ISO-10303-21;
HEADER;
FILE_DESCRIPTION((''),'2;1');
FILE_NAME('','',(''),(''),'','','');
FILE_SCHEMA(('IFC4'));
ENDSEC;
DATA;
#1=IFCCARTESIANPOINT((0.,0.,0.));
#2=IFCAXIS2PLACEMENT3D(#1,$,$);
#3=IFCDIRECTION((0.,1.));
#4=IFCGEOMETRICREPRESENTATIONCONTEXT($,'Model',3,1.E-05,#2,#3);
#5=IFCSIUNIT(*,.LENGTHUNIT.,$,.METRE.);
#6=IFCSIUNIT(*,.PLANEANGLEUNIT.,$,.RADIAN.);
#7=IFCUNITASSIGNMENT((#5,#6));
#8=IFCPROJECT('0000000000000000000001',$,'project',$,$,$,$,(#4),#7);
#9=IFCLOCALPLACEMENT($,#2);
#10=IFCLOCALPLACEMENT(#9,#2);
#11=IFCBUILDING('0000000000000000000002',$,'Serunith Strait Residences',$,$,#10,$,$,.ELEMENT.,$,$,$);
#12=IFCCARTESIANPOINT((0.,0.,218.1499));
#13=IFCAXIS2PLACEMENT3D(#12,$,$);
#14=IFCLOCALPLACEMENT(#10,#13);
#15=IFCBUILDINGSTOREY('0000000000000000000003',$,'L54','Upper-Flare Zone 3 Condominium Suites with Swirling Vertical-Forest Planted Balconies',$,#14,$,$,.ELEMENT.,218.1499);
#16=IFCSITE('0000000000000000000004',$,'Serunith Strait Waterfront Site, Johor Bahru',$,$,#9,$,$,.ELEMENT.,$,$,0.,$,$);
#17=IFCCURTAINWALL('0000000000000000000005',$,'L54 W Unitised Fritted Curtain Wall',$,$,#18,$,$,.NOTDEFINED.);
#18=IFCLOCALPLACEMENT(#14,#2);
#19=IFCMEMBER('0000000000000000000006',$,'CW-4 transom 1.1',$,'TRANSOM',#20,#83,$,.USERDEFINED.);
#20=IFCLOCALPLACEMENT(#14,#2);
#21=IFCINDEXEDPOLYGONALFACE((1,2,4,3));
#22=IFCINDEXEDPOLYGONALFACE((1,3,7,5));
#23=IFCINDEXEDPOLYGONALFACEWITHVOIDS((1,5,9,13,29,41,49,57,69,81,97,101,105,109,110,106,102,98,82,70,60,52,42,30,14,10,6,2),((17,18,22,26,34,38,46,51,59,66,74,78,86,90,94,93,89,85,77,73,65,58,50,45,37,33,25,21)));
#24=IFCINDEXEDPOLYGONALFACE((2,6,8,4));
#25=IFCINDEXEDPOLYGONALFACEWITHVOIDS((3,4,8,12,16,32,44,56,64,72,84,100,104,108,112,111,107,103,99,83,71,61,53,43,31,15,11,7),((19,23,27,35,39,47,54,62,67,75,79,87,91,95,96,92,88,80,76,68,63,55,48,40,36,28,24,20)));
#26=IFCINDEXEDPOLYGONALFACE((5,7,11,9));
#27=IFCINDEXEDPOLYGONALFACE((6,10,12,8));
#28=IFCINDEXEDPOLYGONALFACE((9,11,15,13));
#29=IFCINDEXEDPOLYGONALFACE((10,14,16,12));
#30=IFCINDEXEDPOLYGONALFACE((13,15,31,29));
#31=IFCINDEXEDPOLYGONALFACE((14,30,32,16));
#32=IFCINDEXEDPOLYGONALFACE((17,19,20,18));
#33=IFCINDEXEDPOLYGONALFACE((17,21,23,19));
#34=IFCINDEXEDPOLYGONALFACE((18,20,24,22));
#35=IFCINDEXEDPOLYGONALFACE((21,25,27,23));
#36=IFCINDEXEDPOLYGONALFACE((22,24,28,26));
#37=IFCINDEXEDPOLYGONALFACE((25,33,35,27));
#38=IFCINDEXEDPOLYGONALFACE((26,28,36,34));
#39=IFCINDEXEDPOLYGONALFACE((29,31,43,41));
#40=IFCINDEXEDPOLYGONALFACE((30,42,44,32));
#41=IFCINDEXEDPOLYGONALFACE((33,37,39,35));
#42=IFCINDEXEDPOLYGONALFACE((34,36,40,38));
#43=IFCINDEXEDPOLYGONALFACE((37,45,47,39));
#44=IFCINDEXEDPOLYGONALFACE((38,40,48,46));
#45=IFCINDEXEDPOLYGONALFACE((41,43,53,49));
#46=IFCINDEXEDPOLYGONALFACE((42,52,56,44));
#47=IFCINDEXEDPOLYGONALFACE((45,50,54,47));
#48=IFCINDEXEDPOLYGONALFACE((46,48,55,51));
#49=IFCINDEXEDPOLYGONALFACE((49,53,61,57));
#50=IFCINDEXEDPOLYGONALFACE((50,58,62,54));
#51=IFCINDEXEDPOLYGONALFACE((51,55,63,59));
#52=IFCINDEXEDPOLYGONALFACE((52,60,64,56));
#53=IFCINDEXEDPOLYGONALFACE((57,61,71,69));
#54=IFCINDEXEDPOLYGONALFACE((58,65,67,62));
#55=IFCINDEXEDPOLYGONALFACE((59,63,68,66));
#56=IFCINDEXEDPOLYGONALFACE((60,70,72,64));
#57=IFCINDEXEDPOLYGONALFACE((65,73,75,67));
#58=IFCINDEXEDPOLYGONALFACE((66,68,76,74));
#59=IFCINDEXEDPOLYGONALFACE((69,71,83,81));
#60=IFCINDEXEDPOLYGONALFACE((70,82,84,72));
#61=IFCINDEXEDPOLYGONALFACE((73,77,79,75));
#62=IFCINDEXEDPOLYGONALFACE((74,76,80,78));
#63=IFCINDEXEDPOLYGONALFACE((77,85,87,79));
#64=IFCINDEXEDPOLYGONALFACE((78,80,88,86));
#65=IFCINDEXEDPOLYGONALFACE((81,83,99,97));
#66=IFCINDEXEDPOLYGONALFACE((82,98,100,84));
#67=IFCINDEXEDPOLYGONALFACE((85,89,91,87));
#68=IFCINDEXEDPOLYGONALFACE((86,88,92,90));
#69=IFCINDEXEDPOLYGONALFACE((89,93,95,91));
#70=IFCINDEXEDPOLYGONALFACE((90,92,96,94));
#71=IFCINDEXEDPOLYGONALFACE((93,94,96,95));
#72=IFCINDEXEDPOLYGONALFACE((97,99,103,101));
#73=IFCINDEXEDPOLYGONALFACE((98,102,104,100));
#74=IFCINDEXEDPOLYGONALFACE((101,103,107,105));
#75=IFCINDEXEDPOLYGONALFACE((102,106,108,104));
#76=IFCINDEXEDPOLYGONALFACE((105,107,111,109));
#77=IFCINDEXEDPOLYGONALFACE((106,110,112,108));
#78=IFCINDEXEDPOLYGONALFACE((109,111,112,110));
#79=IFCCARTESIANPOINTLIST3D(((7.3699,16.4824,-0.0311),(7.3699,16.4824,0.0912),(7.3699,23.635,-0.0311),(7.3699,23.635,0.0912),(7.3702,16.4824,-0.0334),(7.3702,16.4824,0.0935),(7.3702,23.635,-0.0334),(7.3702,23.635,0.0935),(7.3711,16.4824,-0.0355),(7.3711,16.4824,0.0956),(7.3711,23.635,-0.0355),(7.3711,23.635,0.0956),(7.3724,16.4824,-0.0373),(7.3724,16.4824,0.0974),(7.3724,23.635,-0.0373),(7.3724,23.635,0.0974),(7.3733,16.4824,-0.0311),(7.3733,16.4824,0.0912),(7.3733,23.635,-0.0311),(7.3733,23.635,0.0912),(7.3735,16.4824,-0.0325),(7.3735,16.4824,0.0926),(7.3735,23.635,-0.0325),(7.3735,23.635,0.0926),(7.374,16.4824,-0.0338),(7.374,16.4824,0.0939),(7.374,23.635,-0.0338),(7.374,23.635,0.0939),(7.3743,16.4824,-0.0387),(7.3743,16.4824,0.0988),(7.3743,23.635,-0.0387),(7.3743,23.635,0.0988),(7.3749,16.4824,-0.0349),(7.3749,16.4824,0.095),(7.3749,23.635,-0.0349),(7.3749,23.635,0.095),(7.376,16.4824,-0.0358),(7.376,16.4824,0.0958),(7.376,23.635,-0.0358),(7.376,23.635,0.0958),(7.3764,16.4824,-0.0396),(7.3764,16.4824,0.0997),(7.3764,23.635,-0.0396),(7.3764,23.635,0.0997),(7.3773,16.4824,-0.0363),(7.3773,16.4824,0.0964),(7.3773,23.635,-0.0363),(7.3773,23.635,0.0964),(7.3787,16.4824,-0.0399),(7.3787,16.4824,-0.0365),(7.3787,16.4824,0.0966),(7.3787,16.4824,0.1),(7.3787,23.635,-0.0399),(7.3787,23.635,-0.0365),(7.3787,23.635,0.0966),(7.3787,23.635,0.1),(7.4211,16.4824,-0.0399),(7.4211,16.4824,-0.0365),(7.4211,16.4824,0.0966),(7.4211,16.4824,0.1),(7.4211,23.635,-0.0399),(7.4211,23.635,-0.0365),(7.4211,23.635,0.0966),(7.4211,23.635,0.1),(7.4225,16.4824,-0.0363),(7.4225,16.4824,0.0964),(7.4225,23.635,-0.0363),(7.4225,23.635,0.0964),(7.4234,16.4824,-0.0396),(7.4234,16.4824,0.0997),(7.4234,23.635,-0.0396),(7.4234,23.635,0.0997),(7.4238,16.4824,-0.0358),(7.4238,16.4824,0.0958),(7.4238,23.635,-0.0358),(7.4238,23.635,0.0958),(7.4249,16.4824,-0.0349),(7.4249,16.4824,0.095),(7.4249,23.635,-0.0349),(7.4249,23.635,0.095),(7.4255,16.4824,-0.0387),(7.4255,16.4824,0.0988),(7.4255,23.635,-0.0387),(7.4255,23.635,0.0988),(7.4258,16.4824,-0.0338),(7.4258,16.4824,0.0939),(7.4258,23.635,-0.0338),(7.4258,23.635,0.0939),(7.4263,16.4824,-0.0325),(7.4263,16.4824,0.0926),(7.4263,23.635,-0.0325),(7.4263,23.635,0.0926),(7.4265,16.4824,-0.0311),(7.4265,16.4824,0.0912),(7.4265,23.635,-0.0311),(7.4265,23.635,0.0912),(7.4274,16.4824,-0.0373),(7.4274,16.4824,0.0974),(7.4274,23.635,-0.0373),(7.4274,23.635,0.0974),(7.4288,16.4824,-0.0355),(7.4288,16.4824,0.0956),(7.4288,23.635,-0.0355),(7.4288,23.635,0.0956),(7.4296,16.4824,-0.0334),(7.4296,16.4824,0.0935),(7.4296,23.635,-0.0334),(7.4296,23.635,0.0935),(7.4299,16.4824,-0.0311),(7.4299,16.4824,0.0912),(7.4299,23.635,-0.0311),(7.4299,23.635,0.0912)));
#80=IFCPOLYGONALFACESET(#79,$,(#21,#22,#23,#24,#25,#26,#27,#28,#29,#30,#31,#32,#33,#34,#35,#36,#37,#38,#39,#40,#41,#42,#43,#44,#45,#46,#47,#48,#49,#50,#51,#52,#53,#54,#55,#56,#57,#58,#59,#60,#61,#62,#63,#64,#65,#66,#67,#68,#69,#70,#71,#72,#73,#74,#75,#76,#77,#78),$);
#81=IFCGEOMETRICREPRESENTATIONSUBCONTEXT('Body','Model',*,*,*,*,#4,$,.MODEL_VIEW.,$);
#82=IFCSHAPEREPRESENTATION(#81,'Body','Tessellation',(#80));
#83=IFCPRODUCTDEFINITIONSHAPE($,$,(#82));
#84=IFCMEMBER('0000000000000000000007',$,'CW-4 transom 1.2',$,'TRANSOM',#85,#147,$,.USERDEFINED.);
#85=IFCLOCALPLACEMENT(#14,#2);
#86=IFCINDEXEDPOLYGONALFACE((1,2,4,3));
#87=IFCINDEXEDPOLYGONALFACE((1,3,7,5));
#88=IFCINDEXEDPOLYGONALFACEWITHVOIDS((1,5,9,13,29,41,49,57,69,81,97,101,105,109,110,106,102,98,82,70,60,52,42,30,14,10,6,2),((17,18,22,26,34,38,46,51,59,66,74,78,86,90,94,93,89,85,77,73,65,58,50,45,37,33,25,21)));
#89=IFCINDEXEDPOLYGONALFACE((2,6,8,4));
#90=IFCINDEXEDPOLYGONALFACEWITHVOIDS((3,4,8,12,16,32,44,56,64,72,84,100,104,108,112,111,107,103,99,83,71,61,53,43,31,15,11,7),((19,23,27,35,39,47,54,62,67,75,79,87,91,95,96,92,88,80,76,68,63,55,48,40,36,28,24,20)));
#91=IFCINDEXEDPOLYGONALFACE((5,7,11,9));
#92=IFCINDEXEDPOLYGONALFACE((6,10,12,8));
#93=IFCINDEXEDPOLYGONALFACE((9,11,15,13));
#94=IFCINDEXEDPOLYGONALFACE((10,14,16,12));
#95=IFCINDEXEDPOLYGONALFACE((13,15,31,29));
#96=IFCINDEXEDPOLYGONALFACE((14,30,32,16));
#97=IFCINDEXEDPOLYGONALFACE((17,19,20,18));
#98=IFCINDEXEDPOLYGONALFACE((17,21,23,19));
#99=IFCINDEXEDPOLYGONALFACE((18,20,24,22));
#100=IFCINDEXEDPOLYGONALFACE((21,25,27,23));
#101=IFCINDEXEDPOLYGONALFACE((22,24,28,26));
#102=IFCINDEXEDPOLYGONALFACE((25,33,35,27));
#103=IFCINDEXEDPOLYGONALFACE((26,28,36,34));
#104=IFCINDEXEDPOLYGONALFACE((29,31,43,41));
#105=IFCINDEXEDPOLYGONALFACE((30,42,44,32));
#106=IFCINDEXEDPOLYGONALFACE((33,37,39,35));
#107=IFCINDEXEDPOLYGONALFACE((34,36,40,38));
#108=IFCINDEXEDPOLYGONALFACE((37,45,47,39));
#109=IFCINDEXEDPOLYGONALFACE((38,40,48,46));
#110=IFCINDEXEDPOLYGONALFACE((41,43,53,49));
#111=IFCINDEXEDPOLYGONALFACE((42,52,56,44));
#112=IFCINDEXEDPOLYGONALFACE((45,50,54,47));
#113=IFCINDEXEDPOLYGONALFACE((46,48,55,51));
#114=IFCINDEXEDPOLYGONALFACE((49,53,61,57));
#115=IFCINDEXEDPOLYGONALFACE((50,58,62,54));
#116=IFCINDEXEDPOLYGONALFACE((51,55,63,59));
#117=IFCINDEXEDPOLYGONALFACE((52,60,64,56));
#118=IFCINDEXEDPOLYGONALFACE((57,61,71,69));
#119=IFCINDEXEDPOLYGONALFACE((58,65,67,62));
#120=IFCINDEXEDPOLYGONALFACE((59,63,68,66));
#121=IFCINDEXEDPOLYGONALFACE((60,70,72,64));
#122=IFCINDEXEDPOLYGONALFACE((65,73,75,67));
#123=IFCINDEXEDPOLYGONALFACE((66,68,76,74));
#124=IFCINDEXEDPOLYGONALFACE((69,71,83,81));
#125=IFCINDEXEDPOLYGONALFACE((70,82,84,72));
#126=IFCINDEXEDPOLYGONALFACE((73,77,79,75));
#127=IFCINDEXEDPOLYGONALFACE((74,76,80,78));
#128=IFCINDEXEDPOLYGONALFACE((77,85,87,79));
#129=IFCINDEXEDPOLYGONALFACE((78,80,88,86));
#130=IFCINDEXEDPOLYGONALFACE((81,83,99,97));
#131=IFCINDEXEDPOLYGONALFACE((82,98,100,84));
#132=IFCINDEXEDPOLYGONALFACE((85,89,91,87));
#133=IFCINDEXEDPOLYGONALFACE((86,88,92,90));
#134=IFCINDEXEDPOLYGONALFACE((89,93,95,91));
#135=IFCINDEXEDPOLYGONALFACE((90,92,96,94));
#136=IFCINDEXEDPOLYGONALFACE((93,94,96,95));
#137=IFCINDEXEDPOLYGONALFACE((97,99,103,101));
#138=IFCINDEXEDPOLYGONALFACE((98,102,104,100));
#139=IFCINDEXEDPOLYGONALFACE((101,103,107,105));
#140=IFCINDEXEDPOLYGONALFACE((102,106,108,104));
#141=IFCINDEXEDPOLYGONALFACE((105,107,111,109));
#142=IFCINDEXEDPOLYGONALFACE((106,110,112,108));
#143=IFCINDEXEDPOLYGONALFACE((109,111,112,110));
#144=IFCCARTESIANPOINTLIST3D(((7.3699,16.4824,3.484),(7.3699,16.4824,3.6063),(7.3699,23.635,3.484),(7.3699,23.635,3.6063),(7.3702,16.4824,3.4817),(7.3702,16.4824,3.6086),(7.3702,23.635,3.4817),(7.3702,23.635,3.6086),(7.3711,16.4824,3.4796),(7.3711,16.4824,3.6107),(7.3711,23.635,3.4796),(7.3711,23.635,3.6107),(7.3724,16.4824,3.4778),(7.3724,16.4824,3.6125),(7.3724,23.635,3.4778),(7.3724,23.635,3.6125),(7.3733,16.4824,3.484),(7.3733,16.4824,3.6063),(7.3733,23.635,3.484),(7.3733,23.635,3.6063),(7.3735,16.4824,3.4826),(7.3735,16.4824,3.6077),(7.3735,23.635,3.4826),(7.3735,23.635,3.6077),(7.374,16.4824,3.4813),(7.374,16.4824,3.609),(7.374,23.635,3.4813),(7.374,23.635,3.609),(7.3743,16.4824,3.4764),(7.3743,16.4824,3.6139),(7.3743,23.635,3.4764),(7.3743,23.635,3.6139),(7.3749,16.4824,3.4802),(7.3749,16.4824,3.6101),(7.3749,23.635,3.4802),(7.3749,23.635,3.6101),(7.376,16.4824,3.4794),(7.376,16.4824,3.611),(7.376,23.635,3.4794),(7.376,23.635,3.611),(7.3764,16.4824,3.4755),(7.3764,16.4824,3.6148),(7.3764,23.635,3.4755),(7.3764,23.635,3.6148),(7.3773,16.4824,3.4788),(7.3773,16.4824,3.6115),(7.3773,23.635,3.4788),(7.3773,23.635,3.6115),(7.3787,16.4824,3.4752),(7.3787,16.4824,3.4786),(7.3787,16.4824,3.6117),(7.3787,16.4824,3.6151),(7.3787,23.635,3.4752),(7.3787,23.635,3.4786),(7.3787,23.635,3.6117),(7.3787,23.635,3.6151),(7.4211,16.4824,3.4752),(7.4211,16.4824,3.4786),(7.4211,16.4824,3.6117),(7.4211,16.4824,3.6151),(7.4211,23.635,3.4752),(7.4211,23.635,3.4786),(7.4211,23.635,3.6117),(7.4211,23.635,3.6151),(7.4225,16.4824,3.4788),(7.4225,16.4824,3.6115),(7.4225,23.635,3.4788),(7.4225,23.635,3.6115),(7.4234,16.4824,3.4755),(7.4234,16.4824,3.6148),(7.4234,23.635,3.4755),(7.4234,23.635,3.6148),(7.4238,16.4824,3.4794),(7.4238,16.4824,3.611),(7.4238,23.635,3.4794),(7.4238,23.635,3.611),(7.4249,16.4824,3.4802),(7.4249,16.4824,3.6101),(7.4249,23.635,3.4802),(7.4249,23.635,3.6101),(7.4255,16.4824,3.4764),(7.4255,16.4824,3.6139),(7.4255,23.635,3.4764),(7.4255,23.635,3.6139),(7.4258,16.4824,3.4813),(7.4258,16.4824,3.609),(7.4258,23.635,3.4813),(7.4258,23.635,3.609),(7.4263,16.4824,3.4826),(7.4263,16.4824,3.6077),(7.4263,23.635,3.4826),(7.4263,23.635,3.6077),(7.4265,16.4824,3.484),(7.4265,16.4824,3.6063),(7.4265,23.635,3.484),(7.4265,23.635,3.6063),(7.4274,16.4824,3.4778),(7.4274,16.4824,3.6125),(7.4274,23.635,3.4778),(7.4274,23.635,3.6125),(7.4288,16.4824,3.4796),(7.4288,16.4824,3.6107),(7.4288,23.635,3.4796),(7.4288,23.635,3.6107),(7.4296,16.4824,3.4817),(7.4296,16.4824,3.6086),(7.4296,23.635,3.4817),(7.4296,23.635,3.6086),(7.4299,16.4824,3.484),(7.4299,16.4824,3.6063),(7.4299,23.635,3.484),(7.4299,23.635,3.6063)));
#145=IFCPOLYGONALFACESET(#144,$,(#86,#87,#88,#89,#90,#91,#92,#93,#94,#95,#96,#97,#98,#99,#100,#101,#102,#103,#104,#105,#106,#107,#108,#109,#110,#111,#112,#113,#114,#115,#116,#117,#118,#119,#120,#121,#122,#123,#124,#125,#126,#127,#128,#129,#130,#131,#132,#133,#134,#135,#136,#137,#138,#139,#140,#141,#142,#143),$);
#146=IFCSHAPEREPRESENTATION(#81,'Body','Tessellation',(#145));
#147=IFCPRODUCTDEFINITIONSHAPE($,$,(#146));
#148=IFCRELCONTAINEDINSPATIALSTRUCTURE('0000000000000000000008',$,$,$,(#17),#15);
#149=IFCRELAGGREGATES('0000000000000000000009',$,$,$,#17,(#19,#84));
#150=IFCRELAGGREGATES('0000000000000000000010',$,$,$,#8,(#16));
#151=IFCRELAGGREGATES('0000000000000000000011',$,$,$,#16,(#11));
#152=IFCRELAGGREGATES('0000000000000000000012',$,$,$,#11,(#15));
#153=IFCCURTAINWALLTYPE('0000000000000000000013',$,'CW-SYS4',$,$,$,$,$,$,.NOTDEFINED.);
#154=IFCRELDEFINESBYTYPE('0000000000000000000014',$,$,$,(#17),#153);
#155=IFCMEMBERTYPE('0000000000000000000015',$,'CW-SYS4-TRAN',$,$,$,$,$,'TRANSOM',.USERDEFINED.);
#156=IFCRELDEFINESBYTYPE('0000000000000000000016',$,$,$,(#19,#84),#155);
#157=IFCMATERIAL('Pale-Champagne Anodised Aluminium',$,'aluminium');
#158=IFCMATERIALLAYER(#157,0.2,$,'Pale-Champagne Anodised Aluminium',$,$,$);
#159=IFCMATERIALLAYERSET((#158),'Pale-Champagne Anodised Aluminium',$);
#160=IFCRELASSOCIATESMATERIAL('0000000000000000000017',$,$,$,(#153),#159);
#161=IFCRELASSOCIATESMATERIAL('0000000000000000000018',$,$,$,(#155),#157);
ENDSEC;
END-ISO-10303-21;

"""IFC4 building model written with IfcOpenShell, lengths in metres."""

from ifc_helpers import new_model, si_unit, direction, frame, origin, origin_2d, place, context, subcontext, project, spatial, hollow_rectangle, extrude, source, transform, mapped, material, layer, layer_set, material_profile, profile_set, type_object, element, aggregate, save


model = new_model("IFC4")

# Units and contexts
model_context = context("Model", 3, precision=1e-05, world=origin(), true_north=direction((0.0, 1.0)))
body_context = subcontext(model_context, "Body", "Model", "MODEL_VIEW")
ifc_project = project(units=[si_unit("LENGTHUNIT", "METRE"), si_unit("PLANEANGLEUNIT", "RADIAN")], contexts=[model_context])

# Site, building, storey
site_placement = place(None, origin())
site = spatial("IfcSite", under=ifc_project, at=site_placement, Name="Serunith Strait Waterfront Site, Johor Bahru", CompositionType="ELEMENT", RefElevation=0.0)
building_placement = place(site_placement, origin())
building = spatial("IfcBuilding", under=site, at=building_placement, Name="Serunith Strait Residences", CompositionType="ELEMENT")
storey_placement = place(building_placement, frame((0.0, 0.0, 218.1499)))
storey = spatial("IfcBuildingStorey", under=building, at=storey_placement, Name="L54", Description="Upper-Flare Zone 3 Condominium Suites with Swirling Vertical-Forest Planted Balconies", CompositionType="ELEMENT", Elevation=218.1499)

# Curtain wall, members
ifc_material_1 = material(Name="Pale-Champagne Anodised Aluminium", Category="aluminium")
ifc_layer_1 = layer(ifc_material_1, 0.2, Name="Pale-Champagne Anodised Aluminium")
ifc_layer_set_1 = layer_set([ifc_layer_1], Name="Pale-Champagne Anodised Aluminium")
curtain_wall_type = type_object("IfcCurtainWallType", Name="CW-SYS4", PredefinedType="NOTDEFINED", material=ifc_layer_set_1)
curtain_wall_placement = place(storey_placement, origin())
curtain_wall = element("IfcCurtainWall", 1, at=curtain_wall_placement, inside=storey, type_object=curtain_wall_type, Name="L54 W Unitised Fritted Curtain Wall", PredefinedType="NOTDEFINED")
ifc_material_profile_1 = material_profile(ifc_material_1, hollow_rectangle(XDim=0.0601, YDim=0.1399, WallThickness=0.0034, InnerFilletRadius=0.0054, OuterFilletRadius=0.0088, at=origin_2d()), Name="ALU 140x60x3.5")
ifc_profile_set_1 = profile_set([ifc_material_profile_1], Name="Pale-Champagne Anodised Aluminium")
member_type_1 = type_object("IfcMemberType", Name="CW-SYS4-TRAN", ElementType="TRANSOM", PredefinedType="USERDEFINED", material=ifc_profile_set_1)
shared_shape_1 = source(origin(), body_context, "Body", "SweptSolid", [
    extrude(hollow_rectangle(XDim=0.0601, YDim=0.1399, WallThickness=0.0034, InnerFilletRadius=0.0054, OuterFilletRadius=0.0088, at=origin_2d()), origin(), (0.0, 0.0, 1.0), 7.1526),
])
member_1_placement = place(storey_placement, frame((7.3999, 23.635, 0.03), z_axis=(0.0, -1.0, 0.0), x_axis=(1.0, 0.0, 0.0)))
member_1 = element("IfcMember", 2, at=member_1_placement, type_object=member_type_1, Name="CW-4 transom 1.1", ObjectType="TRANSOM", PredefinedType="USERDEFINED", context=body_context, shape_type="MappedRepresentation", body=[
    mapped(shared_shape_1, transform((0.0, 0.0, 0.0), scale=1.0)),
])
member_2_placement = place(storey_placement, frame((7.3999, 23.635, 3.5452), z_axis=(0.0, -1.0, 0.0), x_axis=(1.0, 0.0, 0.0)))
member_2 = element("IfcMember", 3, at=member_2_placement, type_object=member_type_1, Name="CW-4 transom 1.2", ObjectType="TRANSOM", PredefinedType="USERDEFINED", context=body_context, shape_type="MappedRepresentation", body=[
    mapped(shared_shape_1, transform((0.0, 0.0, 0.0), scale=1.0)),
])
aggregate(curtain_wall, [member_1, member_2])

save(model, "model.ifc")
